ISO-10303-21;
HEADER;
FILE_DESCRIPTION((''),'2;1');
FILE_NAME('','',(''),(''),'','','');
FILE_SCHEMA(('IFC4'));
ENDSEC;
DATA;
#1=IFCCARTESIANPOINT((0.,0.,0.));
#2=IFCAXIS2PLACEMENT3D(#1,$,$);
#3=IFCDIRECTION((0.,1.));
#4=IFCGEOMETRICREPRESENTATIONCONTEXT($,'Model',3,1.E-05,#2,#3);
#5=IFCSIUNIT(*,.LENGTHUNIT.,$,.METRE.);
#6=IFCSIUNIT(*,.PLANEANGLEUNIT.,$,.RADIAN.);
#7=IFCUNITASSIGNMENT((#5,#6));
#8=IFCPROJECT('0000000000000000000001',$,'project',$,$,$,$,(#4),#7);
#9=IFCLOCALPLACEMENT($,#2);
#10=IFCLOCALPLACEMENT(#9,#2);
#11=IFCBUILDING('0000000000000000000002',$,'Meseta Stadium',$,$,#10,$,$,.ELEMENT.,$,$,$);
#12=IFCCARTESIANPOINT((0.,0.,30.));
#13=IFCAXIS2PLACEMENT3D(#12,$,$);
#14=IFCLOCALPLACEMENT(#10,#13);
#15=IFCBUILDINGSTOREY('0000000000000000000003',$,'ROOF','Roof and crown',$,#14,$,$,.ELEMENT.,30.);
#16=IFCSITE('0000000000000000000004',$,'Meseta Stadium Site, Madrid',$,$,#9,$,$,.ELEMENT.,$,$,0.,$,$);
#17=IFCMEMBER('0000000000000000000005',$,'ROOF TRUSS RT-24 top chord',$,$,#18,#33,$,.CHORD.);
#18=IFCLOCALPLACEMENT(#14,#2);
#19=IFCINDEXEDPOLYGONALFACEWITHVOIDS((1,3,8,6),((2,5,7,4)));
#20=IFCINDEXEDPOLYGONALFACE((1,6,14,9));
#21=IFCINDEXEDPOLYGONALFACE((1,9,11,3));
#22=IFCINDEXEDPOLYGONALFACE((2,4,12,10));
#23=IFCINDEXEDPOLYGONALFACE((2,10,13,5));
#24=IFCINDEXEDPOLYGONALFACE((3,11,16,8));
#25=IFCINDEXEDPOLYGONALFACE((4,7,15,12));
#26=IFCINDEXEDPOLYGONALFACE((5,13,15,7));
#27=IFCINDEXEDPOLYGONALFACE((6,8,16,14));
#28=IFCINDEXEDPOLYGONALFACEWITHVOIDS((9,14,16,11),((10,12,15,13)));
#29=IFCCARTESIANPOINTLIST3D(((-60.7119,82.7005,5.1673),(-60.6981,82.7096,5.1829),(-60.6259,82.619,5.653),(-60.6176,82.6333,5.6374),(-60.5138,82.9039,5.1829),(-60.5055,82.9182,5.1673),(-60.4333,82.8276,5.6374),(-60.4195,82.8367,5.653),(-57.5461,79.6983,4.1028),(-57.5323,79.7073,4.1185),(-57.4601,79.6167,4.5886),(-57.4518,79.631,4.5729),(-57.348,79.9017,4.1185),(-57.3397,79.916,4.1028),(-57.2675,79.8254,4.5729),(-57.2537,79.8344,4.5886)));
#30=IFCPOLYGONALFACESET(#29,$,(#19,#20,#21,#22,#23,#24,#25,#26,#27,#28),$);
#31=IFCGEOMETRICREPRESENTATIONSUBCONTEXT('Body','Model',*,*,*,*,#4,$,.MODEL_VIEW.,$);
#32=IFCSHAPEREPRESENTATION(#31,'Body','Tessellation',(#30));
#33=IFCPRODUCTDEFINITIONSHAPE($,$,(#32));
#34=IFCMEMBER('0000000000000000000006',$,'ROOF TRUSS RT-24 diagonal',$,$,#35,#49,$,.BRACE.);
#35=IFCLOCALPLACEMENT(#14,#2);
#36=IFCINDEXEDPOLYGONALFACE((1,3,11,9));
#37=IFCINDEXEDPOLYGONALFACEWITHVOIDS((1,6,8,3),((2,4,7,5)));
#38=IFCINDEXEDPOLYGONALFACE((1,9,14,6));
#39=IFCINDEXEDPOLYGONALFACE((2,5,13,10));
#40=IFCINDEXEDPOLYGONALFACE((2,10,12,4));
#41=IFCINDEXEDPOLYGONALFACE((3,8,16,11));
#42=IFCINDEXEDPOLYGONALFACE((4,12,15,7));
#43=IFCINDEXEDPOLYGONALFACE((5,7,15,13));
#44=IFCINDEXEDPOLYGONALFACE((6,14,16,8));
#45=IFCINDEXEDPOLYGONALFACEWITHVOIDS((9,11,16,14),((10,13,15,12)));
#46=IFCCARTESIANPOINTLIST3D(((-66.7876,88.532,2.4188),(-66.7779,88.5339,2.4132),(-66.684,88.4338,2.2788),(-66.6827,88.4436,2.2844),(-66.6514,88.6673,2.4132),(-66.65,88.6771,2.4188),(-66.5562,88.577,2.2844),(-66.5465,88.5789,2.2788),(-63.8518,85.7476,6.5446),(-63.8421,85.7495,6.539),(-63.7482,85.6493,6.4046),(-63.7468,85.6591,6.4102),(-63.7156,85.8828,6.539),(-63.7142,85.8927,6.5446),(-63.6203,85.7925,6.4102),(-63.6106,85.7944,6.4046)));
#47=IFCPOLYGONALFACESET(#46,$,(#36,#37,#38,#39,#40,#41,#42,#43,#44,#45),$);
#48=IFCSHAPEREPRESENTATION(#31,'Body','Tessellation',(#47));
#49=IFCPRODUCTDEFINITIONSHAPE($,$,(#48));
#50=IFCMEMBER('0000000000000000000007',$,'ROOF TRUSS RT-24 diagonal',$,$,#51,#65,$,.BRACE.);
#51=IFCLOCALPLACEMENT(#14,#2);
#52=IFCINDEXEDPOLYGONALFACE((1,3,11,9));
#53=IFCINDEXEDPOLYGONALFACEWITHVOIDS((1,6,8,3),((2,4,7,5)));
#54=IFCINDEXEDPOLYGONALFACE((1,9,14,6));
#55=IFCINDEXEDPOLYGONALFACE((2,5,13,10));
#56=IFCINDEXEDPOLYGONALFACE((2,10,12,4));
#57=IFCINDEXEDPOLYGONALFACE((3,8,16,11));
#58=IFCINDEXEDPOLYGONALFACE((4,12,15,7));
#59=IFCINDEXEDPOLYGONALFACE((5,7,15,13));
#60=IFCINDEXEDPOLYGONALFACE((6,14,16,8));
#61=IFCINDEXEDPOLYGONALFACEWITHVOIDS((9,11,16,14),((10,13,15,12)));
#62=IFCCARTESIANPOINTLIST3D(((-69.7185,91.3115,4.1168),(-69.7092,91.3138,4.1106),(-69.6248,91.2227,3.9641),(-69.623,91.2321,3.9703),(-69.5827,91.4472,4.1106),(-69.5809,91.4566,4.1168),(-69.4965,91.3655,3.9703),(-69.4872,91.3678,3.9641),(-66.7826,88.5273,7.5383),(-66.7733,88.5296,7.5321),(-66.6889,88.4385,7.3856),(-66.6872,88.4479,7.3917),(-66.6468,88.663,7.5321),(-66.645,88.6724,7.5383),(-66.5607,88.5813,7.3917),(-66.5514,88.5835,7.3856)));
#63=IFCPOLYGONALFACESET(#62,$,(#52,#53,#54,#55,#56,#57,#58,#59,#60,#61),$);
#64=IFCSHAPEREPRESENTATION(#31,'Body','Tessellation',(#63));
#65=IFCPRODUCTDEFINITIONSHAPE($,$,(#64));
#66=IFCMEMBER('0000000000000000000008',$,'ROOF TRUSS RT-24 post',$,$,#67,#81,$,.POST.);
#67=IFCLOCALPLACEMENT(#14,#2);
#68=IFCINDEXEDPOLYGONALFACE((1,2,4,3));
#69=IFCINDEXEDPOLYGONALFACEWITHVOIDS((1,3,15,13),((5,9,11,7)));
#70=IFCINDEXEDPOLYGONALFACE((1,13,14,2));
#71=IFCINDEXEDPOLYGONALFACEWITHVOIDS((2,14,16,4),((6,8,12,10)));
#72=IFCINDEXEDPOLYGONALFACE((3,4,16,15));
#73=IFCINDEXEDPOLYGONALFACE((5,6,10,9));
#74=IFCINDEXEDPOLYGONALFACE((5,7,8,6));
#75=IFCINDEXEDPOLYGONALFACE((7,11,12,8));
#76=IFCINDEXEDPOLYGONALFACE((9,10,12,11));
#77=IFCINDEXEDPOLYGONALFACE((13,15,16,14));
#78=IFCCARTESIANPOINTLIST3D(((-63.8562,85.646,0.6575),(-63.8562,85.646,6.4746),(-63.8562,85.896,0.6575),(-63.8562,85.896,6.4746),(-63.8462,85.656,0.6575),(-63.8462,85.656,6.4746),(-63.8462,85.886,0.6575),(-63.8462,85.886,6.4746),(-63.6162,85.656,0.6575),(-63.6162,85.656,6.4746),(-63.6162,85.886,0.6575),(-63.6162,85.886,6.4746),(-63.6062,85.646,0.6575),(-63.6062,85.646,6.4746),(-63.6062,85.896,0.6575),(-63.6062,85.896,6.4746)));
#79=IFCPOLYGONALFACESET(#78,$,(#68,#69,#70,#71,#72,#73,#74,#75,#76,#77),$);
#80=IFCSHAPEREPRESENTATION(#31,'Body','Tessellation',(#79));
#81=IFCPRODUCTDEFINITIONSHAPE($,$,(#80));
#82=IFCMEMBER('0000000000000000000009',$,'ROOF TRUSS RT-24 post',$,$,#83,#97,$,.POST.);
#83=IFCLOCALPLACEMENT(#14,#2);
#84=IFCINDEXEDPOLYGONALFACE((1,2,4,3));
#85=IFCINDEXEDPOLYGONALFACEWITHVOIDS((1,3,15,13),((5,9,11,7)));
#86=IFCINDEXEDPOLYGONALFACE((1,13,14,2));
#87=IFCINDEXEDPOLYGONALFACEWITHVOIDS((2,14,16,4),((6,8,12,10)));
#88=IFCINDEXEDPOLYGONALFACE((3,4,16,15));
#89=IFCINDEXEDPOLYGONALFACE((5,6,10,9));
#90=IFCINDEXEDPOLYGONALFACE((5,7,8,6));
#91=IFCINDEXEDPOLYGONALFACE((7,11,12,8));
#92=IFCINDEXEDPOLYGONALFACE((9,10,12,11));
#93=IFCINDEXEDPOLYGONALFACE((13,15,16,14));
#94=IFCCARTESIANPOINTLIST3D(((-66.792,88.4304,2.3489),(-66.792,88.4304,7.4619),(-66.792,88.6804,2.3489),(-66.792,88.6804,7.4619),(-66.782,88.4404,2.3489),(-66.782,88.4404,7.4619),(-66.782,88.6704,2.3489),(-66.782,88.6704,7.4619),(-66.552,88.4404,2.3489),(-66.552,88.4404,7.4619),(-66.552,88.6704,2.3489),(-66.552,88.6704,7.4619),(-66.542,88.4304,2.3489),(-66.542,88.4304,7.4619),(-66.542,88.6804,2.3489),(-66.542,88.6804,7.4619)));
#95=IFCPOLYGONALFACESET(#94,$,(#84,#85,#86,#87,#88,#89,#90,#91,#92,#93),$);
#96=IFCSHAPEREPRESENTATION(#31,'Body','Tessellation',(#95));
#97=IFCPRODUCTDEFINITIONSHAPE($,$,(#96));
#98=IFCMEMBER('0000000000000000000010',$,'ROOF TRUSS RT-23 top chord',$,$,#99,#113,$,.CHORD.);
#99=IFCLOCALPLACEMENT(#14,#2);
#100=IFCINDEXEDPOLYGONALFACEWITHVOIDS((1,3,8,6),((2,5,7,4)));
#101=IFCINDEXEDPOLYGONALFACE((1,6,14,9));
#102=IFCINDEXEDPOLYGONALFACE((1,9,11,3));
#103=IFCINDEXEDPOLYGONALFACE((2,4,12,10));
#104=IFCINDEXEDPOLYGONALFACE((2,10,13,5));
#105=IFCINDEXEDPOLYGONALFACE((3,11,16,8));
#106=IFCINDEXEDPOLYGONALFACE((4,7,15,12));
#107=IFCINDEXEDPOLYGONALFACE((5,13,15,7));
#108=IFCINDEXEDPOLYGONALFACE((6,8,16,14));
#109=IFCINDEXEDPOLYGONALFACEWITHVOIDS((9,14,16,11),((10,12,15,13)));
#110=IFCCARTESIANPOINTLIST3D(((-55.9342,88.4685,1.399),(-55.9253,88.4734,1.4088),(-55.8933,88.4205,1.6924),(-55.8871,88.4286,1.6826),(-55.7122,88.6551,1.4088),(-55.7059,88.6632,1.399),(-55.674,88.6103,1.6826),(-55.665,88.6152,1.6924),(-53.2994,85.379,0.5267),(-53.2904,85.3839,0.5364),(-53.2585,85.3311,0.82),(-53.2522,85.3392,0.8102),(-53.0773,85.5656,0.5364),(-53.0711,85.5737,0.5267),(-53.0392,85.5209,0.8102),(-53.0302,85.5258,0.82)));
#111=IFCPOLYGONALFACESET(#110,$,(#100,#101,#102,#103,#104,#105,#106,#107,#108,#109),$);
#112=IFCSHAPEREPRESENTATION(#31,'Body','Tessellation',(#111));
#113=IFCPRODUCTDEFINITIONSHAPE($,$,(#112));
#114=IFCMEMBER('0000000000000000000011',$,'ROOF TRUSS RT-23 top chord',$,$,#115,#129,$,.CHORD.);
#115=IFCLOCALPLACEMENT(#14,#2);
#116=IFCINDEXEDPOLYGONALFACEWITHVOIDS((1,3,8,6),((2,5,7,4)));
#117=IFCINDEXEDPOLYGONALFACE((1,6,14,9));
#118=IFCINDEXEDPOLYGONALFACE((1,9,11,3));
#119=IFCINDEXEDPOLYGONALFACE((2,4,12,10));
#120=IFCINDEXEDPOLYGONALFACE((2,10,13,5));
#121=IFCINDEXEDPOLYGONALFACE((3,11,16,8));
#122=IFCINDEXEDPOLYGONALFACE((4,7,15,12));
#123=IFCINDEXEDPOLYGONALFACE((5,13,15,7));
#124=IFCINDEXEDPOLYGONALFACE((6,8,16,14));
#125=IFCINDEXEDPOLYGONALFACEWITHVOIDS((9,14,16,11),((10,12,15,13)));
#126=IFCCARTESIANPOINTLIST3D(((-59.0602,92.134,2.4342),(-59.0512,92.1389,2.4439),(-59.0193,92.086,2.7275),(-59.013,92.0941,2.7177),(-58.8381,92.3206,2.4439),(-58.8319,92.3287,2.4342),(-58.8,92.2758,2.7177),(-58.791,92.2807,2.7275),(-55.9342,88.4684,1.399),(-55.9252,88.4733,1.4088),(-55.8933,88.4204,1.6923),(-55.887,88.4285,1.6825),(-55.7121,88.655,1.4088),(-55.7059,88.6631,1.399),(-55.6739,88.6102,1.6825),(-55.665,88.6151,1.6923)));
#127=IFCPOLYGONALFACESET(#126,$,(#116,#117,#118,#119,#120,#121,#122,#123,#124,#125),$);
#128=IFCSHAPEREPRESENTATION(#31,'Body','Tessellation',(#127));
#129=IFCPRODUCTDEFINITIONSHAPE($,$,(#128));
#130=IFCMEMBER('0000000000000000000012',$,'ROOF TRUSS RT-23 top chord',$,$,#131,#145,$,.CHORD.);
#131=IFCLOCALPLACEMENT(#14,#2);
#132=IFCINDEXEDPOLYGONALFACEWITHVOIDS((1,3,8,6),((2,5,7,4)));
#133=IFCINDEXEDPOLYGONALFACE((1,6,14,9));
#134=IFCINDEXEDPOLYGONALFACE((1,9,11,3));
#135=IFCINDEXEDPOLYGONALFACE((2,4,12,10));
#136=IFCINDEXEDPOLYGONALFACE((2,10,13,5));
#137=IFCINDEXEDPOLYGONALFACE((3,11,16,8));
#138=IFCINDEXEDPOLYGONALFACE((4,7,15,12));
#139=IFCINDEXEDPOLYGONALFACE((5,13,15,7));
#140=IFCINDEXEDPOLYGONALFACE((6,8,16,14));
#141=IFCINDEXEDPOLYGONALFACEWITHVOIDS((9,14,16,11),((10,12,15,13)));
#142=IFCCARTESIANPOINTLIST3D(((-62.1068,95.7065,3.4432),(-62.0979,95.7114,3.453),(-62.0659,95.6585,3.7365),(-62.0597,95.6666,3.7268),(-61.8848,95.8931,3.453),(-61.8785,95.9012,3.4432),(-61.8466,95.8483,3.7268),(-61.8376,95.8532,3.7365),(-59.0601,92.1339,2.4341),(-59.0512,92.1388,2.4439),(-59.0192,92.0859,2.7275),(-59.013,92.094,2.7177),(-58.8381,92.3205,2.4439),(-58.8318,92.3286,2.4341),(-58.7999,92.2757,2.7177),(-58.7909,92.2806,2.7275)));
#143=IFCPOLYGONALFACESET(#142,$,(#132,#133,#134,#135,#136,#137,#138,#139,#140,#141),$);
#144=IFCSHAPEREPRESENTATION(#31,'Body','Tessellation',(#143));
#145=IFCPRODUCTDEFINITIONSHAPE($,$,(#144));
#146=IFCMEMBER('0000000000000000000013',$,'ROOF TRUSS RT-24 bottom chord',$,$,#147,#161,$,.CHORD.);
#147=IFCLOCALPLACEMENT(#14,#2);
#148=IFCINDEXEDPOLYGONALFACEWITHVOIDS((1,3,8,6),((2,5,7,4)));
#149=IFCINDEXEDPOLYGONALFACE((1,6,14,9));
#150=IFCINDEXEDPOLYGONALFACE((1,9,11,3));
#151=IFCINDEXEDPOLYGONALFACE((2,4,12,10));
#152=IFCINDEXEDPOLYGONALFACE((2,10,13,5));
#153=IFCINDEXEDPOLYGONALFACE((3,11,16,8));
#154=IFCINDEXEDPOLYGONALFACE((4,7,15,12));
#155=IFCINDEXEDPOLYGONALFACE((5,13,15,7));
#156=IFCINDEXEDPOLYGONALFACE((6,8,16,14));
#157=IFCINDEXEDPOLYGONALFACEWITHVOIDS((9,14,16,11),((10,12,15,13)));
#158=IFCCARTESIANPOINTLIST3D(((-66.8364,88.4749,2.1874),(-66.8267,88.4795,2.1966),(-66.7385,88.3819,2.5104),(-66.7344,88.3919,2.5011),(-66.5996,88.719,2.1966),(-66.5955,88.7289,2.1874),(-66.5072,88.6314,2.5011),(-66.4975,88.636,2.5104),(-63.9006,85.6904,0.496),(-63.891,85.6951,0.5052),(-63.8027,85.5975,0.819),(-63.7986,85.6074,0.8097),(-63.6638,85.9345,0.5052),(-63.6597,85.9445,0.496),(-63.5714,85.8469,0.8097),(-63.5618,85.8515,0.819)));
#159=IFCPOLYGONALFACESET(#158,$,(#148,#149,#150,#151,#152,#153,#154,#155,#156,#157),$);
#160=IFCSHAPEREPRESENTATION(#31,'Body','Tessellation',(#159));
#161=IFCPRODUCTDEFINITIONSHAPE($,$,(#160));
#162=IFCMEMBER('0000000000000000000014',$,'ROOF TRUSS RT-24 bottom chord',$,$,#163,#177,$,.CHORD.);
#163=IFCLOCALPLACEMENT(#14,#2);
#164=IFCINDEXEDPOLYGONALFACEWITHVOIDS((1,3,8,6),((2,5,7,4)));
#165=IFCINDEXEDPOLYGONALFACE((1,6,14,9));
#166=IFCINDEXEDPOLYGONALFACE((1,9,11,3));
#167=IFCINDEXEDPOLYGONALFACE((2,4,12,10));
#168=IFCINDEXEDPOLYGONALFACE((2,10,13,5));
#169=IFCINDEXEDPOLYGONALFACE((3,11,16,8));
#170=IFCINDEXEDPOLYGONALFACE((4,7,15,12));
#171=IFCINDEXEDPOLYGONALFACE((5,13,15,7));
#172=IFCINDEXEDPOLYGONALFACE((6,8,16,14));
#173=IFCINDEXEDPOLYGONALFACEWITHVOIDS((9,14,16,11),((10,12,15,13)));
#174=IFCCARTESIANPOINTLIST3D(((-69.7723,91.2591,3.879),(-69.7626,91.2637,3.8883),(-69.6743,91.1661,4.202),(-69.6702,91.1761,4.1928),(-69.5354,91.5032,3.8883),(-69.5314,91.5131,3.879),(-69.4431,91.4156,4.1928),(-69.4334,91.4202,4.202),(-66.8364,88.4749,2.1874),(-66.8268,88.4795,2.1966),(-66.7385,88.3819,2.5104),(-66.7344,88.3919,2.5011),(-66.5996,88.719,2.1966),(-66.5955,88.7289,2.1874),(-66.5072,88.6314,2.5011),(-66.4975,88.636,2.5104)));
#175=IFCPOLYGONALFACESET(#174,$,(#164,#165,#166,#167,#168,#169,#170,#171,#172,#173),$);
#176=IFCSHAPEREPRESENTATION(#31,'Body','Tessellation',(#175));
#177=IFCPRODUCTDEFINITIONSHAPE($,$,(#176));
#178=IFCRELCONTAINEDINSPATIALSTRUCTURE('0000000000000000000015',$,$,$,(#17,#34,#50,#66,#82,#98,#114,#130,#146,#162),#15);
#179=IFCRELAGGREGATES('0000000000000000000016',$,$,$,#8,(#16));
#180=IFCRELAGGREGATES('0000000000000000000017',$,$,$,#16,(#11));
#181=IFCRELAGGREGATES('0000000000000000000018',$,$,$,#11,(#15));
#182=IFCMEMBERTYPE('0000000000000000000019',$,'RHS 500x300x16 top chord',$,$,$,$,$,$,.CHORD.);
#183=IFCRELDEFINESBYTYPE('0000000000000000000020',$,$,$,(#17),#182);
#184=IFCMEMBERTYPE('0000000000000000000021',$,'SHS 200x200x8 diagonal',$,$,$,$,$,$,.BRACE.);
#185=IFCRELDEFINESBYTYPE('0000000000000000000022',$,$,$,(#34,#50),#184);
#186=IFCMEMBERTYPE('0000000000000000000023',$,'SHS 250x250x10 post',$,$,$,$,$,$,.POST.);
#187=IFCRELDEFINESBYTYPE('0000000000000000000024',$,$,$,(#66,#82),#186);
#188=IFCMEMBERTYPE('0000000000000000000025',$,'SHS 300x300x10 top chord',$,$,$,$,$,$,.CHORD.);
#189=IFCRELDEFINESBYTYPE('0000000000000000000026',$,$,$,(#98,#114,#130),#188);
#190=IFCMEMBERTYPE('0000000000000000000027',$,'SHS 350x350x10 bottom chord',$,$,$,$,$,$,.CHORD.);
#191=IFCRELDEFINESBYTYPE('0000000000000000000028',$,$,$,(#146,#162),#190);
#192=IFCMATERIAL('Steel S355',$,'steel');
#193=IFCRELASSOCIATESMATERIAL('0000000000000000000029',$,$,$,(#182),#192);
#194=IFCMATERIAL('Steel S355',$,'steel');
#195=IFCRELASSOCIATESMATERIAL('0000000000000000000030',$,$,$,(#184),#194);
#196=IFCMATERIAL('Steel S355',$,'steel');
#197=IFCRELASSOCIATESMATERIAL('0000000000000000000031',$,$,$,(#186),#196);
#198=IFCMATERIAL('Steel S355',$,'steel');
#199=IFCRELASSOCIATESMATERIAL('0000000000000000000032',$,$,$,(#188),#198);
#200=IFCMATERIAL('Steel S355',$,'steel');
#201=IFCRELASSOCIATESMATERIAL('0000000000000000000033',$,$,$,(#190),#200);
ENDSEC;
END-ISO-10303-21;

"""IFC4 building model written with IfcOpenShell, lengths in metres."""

from ifc_helpers import new_model, si_unit, direction, frame, origin, origin_2d, place, context, subcontext, project, spatial, hollow_rectangle, extrude, material, material_profile, profile_set, type_object, element, save


model = new_model("IFC4")

# Units and contexts
model_context = context("Model", 3, precision=1e-05, world=origin(), true_north=direction((0.0, 1.0)))
body_context = subcontext(model_context, "Body", "Model", "MODEL_VIEW")
ifc_project = project(units=[si_unit("LENGTHUNIT", "METRE"), si_unit("PLANEANGLEUNIT", "RADIAN")], contexts=[model_context])

# Site, building, storey
site_placement = place(None, origin())
site = spatial("IfcSite", under=ifc_project, at=site_placement, Name="Meseta Stadium Site, Madrid", CompositionType="ELEMENT", RefElevation=0.0)
building_placement = place(site_placement, origin())
building = spatial("IfcBuilding", under=site, at=building_placement, Name="Meseta Stadium", CompositionType="ELEMENT")
storey_placement = place(building_placement, frame((0.0, 0.0, 30.0)))
storey = spatial("IfcBuildingStorey", under=building, at=storey_placement, Name="ROOF", Description="Roof and crown", CompositionType="ELEMENT", Elevation=30.0)

# Members
ifc_material_1 = material(Name="Steel S355", Category="steel")
ifc_material_profile_1 = material_profile(ifc_material_1, hollow_rectangle(XDim=0.3, YDim=0.5, WallThickness=0.0161, at=origin_2d()), Name="RHS 500x300x16")
ifc_profile_set_1 = profile_set([ifc_material_profile_1], Name="Steel S355")
member_type_1 = type_object("IfcMemberType", Name="RHS 500x300x16 top chord", PredefinedType="CHORD", material=ifc_profile_set_1)
member_1_placement = place(storey_placement, frame((-57.3999, 79.7664, 4.3457), z_axis=(-0.704927, 0.668504, 0.237023), x_axis=(-0.688112, -0.725604, 0.0)))
element("IfcMember", 1, at=member_1_placement, inside=storey, type_object=member_type_1, Name="ROOF TRUSS RT-24 top chord", PredefinedType="CHORD", context=body_context, shape_type="SweptSolid", body=[
    extrude(hollow_rectangle(XDim=0.3, YDim=0.5, WallThickness=0.0161, at=origin_2d()), origin(), (0.0, 0.0, 1.0), 4.491),
])
ifc_material_2 = material(Name="Steel S355", Category="steel")
ifc_material_profile_2 = material_profile(ifc_material_2, hollow_rectangle(XDim=0.2, YDim=0.2, WallThickness=0.0081, at=origin_2d()), Name="SHS 200x200x8")
ifc_profile_set_2 = profile_set([ifc_material_profile_2], Name="Steel S355")
member_type_2 = type_object("IfcMemberType", Name="SHS 200x200x8 diagonal", PredefinedType="BRACE", material=ifc_profile_set_2)
member_2_placement = place(storey_placement, frame((-63.7312, 85.771, 6.4746), z_axis=(-0.508035, 0.481841, -0.713953), x_axis=(-0.688155, -0.725564, 0.0)))
element("IfcMember", 2, at=member_2_placement, inside=storey, type_object=member_type_2, Name="ROOF TRUSS RT-24 diagonal", PredefinedType="BRACE", context=body_context, shape_type="SweptSolid", body=[
    extrude(hollow_rectangle(XDim=0.2, YDim=0.2, WallThickness=0.0081, at=origin_2d()), origin(), (0.0, 0.0, 1.0), 5.7788),
])
member_3_placement = place(storey_placement, frame((-66.667, 88.5554, 7.4619), z_axis=(-0.554057, 0.525444, -0.645701), x_axis=(-0.688123, -0.725594, 0.0)))
element("IfcMember", 3, at=member_3_placement, inside=storey, type_object=member_type_2, Name="ROOF TRUSS RT-24 diagonal", PredefinedType="BRACE", context=body_context, shape_type="SweptSolid", body=[
    extrude(hollow_rectangle(XDim=0.2, YDim=0.2, WallThickness=0.0081, at=origin_2d()), origin(), (0.0, 0.0, 1.0), 5.2988),
])
ifc_material_3 = material(Name="Steel S355", Category="steel")
ifc_material_profile_3 = material_profile(ifc_material_3, hollow_rectangle(XDim=0.25, YDim=0.25, WallThickness=0.01, at=origin_2d()), Name="SHS 250x250x10")
ifc_profile_set_3 = profile_set([ifc_material_profile_3], Name="Steel S355")
member_type_3 = type_object("IfcMemberType", Name="SHS 250x250x10 post", PredefinedType="POST", material=ifc_profile_set_3)
member_4_placement = place(storey_placement, frame((-63.7312, 85.771, 0.6575), z_axis=(0.0, 0.0, 1.0), x_axis=(1.0, 0.0, 0.0)))
element("IfcMember", 4, at=member_4_placement, inside=storey, type_object=member_type_3, Name="ROOF TRUSS RT-24 post", PredefinedType="POST", context=body_context, shape_type="SweptSolid", body=[
    extrude(hollow_rectangle(XDim=0.25, YDim=0.25, WallThickness=0.01, at=origin_2d()), origin(), (0.0, 0.0, 1.0), 5.8171),
])
member_5_placement = place(storey_placement, frame((-66.667, 88.5554, 2.3489), z_axis=(0.0, 0.0, 1.0), x_axis=(1.0, 0.0, 0.0)))
element("IfcMember", 5, at=member_5_placement, inside=storey, type_object=member_type_3, Name="ROOF TRUSS RT-24 post", PredefinedType="POST", context=body_context, shape_type="SweptSolid", body=[
    extrude(hollow_rectangle(XDim=0.25, YDim=0.25, WallThickness=0.01, at=origin_2d()), origin(), (0.0, 0.0, 1.0), 5.113),
])
ifc_material_4 = material(Name="Steel S355", Category="steel")
ifc_material_profile_4 = material_profile(ifc_material_4, hollow_rectangle(XDim=0.3, YDim=0.3, WallThickness=0.01, at=origin_2d()), Name="SHS 300x300x10")
ifc_profile_set_4 = profile_set([ifc_material_profile_4], Name="Steel S355")
member_type_4 = type_object("IfcMemberType", Name="SHS 300x300x10 top chord", PredefinedType="CHORD", material=ifc_profile_set_4)
member_6_placement = place(storey_placement, frame((-53.1648, 85.4524, 0.6733), z_axis=(-0.634431, 0.743893, 0.210047), x_axis=(-0.760867, -0.648908, 0.0)))
element("IfcMember", 6, at=member_6_placement, inside=storey, type_object=member_type_4, Name="ROOF TRUSS RT-23 top chord", PredefinedType="CHORD", context=body_context, shape_type="SweptSolid", body=[
    extrude(hollow_rectangle(XDim=0.3, YDim=0.3, WallThickness=0.01, at=origin_2d()), origin(), (0.0, 0.0, 1.0), 4.1531),
])
member_7_placement = place(storey_placement, frame((-55.7996, 88.5417, 1.5457), z_axis=(-0.634406, 0.743905, 0.210081), x_axis=(-0.760885, -0.648886, 0.0)))
element("IfcMember", 7, at=member_7_placement, inside=storey, type_object=member_type_4, Name="ROOF TRUSS RT-23 top chord", PredefinedType="CHORD", context=body_context, shape_type="SweptSolid", body=[
    extrude(hollow_rectangle(XDim=0.3, YDim=0.3, WallThickness=0.01, at=origin_2d()), origin(), (0.0, 0.0, 1.0), 4.9275),
])
member_8_placement = place(storey_placement, frame((-58.9255, 92.2073, 2.5808), z_axis=(-0.634399, 0.743903, 0.210111), x_axis=(-0.760888, -0.648884, 0.0)))
element("IfcMember", 8, at=member_8_placement, inside=storey, type_object=member_type_4, Name="ROOF TRUSS RT-23 top chord", PredefinedType="CHORD", context=body_context, shape_type="SweptSolid", body=[
    extrude(hollow_rectangle(XDim=0.3, YDim=0.3, WallThickness=0.01, at=origin_2d()), origin(), (0.0, 0.0, 1.0), 4.8025),
])
ifc_material_5 = material(Name="Steel S355", Category="steel")
ifc_material_profile_5 = material_profile(ifc_material_5, hollow_rectangle(XDim=0.3501, YDim=0.3501, WallThickness=0.01, at=origin_2d()), Name="SHS 350x350x10")
ifc_profile_set_5 = profile_set([ifc_material_profile_5], Name="Steel S355")
member_type_5 = type_object("IfcMemberType", Name="SHS 350x350x10 bottom chord", PredefinedType="CHORD", material=ifc_profile_set_5)
for number, where, z_axis, x_axis, name in (
    (9, (-63.7312, 85.771, 0.6575), (-0.669429, 0.634914, 0.38568), (-0.688155, -0.725564, 0.0), "ROOF TRUSS RT-24 bottom chord"),
    (10, (-66.667, 88.5554, 2.3489), (-0.669438, 0.634867, 0.385741), (-0.688123, -0.725594, 0.0), "ROOF TRUSS RT-24 bottom chord"),
):
    element("IfcMember", number, at=place(storey_placement, frame(where, z_axis=z_axis, x_axis=x_axis)), inside=storey, type_object=member_type_5, Name=name, PredefinedType="CHORD", context=body_context, shape_type="SweptSolid", body=[
        extrude(hollow_rectangle(XDim=0.3501, YDim=0.3501, WallThickness=0.01, at=origin_2d()), origin(), (0.0, 0.0, 1.0), 4.3855),
    ])

save(model, "model.ifc")
